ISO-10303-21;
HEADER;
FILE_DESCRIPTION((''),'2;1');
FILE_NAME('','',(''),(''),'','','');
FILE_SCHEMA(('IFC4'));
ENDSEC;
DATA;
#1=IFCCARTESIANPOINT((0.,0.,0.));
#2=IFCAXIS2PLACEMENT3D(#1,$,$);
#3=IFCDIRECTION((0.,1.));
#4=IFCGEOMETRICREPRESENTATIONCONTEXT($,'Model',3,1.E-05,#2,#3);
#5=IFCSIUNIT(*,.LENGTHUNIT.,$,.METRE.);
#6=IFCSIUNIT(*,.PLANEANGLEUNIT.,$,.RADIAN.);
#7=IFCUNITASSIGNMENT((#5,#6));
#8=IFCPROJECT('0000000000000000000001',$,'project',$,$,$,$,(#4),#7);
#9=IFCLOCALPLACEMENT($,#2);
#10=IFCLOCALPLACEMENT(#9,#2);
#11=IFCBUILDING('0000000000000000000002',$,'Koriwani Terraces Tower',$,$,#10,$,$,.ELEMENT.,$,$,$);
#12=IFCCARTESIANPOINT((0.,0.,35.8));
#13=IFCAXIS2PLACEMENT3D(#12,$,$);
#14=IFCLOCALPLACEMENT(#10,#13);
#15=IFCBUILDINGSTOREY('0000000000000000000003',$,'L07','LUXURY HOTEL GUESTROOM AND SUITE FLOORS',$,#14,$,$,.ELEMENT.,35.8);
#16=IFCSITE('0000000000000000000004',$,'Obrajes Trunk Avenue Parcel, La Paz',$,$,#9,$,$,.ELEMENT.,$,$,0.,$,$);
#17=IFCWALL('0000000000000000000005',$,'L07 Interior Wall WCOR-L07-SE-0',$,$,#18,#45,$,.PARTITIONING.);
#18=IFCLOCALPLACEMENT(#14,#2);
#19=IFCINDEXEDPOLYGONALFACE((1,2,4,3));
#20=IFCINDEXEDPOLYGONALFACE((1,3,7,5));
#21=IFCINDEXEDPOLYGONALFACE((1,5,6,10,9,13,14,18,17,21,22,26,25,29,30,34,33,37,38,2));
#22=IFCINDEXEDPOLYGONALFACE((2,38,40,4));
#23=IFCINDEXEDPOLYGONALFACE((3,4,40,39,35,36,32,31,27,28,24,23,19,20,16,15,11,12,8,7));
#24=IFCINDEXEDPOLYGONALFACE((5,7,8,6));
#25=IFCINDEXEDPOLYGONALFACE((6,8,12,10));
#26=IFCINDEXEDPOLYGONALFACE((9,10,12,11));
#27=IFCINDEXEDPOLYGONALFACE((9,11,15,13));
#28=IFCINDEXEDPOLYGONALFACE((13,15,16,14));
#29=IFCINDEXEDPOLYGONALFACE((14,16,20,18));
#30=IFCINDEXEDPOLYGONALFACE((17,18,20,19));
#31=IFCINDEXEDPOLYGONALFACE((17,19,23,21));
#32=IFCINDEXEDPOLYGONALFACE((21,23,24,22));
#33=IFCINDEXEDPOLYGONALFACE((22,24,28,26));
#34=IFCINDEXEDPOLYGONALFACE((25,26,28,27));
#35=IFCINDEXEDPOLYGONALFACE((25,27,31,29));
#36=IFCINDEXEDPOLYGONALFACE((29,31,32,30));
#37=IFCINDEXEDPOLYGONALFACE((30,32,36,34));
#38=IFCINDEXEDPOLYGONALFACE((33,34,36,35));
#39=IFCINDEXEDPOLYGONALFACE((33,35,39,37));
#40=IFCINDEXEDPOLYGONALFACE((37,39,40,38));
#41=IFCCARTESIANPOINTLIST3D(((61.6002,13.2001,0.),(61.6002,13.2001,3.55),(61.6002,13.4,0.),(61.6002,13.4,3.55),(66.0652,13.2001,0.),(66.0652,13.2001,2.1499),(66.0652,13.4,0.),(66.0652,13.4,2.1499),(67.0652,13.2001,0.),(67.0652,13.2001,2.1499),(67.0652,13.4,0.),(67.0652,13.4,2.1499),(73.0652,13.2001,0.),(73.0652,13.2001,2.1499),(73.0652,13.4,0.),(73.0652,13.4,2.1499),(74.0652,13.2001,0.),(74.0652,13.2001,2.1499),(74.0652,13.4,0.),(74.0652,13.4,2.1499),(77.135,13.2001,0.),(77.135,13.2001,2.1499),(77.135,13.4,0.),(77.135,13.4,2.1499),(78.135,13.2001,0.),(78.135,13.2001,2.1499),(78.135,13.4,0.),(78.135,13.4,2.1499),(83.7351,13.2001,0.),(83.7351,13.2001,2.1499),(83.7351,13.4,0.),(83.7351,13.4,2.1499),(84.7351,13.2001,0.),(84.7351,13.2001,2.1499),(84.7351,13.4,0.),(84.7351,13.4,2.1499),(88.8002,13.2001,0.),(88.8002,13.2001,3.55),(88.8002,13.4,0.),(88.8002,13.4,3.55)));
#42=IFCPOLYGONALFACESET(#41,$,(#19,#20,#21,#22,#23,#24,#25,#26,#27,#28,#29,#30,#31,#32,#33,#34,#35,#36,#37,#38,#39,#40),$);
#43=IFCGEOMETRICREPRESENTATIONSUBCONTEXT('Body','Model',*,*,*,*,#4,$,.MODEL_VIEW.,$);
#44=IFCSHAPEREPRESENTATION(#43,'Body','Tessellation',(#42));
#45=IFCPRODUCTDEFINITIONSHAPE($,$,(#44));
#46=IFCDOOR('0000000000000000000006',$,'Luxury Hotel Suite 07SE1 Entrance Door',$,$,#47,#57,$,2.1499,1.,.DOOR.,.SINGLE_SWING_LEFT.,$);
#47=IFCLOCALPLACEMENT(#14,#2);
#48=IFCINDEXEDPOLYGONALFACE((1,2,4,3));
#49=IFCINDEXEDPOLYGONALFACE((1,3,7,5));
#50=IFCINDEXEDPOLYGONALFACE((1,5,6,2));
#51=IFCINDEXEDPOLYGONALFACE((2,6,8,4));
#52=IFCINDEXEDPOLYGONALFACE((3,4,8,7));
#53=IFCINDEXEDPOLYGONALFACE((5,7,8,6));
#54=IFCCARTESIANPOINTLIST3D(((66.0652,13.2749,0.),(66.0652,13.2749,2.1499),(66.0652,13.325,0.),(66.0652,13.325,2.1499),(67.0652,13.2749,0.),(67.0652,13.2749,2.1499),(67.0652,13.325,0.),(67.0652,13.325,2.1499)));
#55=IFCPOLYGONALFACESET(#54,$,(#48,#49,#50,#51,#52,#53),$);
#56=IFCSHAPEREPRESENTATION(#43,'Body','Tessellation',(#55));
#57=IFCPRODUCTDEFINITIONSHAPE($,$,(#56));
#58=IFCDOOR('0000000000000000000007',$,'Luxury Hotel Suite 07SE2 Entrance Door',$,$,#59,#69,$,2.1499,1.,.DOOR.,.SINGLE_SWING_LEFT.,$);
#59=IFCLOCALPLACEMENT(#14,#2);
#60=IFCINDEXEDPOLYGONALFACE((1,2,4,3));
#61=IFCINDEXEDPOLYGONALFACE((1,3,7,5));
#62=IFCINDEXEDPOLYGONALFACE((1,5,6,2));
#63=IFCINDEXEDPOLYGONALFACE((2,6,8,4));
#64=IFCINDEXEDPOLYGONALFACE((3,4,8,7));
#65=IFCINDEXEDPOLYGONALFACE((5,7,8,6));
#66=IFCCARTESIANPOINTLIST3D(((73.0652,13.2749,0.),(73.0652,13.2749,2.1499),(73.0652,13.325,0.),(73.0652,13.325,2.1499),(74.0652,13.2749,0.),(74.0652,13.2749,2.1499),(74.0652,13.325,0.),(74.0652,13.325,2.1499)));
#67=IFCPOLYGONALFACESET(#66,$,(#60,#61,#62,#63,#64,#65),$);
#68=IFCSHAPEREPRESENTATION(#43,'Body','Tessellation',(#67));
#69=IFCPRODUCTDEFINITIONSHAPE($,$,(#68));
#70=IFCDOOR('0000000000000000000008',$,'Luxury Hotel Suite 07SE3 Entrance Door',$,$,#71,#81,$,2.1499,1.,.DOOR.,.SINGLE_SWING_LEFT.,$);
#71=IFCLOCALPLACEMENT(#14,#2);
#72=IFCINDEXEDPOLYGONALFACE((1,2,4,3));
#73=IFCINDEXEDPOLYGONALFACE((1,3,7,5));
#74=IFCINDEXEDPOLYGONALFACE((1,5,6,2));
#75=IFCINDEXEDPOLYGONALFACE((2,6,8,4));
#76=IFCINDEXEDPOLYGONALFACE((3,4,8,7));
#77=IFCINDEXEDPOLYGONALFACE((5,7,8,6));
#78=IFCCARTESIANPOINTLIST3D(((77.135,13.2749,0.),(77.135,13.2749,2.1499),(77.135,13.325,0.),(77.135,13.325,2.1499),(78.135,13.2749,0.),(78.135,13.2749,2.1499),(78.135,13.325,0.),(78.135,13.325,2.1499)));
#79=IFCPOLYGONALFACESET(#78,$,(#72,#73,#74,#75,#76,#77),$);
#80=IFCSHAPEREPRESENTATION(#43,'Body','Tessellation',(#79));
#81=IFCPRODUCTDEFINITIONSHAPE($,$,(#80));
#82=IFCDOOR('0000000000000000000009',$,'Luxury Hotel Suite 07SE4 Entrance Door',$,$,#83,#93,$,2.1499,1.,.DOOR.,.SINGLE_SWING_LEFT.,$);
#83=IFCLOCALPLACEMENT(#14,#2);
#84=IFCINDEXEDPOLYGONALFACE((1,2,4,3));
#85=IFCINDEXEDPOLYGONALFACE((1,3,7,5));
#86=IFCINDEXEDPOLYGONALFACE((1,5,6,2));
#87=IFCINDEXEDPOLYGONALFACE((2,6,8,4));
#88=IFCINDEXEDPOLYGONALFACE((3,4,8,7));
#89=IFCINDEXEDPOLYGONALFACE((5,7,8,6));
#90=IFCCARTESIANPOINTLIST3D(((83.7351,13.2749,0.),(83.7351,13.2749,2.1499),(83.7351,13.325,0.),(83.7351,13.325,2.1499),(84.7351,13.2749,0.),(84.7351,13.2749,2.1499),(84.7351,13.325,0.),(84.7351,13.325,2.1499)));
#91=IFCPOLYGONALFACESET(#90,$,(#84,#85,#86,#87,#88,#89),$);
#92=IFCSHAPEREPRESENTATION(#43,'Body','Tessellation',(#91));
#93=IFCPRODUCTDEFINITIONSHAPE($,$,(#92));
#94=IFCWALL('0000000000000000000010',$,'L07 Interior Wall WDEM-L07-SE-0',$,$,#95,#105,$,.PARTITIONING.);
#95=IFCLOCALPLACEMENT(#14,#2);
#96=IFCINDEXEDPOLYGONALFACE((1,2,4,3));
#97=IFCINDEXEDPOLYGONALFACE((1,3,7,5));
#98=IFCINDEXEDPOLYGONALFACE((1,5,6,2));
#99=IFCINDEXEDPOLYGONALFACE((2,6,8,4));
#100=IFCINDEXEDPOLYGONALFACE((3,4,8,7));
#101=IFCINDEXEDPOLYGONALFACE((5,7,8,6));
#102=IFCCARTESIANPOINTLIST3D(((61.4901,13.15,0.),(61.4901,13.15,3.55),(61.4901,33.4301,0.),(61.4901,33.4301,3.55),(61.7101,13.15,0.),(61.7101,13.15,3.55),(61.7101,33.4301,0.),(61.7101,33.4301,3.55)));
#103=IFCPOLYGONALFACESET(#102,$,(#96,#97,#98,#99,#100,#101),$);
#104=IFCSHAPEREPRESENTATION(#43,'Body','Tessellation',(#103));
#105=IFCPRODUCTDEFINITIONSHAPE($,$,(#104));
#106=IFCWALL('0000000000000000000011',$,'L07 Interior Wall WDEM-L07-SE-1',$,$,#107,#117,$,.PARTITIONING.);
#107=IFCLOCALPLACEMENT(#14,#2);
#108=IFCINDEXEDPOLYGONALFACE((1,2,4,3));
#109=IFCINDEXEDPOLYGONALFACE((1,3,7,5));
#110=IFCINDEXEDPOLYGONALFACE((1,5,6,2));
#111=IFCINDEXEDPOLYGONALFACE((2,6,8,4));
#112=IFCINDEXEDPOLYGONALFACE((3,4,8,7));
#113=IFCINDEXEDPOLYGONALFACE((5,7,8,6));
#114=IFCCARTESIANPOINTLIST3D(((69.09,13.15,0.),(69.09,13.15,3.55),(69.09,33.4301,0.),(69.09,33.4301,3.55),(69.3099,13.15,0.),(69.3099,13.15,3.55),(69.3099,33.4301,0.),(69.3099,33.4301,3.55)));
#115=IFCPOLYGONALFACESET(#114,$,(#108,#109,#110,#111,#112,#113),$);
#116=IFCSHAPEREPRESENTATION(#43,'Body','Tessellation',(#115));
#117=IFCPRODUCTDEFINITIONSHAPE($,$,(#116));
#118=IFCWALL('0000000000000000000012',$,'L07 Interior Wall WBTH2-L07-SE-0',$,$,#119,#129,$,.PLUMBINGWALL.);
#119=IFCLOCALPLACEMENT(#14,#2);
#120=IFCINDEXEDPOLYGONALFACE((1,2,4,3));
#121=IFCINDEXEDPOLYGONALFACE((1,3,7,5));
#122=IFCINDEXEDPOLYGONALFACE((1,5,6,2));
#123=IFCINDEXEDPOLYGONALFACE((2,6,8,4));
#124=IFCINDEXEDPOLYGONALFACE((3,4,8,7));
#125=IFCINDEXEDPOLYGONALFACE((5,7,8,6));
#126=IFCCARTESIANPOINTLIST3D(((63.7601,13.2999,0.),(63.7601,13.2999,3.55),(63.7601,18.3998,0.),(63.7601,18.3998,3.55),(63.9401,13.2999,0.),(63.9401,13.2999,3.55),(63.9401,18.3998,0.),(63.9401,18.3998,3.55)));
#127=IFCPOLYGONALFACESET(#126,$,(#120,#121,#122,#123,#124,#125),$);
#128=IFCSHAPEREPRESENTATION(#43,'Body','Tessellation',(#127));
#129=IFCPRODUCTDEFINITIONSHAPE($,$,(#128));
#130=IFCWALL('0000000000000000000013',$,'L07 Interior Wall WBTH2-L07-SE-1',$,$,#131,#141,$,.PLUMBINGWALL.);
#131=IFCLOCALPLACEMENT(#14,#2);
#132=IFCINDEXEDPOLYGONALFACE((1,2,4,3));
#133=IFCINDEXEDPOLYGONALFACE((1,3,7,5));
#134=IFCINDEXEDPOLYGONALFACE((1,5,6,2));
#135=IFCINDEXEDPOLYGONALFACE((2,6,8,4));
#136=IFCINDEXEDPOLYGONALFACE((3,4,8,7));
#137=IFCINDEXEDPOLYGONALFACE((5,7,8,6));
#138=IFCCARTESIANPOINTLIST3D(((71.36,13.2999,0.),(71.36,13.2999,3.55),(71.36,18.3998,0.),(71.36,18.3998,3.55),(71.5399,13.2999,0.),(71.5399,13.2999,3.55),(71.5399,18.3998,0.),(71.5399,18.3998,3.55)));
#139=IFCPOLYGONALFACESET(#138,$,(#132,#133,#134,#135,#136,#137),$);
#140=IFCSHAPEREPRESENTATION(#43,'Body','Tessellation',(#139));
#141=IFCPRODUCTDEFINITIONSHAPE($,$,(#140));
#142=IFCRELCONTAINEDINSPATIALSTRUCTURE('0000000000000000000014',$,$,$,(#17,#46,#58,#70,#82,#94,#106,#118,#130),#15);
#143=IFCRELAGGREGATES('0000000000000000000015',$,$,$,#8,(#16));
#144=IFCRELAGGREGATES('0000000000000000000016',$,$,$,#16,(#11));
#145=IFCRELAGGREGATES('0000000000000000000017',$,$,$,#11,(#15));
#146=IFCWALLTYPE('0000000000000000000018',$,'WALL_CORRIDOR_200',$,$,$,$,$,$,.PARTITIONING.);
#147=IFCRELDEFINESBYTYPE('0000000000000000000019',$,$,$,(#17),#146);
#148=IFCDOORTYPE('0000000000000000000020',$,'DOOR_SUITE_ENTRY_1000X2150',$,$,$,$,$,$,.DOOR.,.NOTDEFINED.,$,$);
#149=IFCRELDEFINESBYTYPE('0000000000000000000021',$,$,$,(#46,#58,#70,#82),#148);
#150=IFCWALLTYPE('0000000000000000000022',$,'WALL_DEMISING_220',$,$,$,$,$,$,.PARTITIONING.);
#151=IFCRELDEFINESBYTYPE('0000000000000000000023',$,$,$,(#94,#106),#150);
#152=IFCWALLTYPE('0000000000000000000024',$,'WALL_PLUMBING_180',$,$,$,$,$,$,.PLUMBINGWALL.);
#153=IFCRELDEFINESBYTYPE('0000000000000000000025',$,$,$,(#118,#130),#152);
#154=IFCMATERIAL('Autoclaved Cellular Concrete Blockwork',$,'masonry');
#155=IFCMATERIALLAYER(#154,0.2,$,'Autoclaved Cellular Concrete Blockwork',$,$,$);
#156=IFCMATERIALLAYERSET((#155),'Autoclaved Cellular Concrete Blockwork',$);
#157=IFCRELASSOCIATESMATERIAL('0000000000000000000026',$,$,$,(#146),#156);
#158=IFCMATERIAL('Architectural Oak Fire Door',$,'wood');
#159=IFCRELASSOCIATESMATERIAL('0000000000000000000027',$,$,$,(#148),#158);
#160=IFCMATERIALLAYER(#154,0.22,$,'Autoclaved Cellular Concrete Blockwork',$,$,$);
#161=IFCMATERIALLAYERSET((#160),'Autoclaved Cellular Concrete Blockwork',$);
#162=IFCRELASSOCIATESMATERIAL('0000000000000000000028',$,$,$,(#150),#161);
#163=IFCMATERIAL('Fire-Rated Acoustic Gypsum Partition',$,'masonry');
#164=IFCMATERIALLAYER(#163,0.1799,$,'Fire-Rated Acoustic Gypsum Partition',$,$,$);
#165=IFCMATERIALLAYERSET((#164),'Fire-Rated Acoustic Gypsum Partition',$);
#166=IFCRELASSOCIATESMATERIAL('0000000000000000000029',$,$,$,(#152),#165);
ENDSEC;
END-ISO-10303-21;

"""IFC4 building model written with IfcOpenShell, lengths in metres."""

from ifc_helpers import new_model, si_unit, direction, frame, frame_2d, origin, place, context, subcontext, project, spatial, rectangle, extrude, material, layer, layer_set, type_object, element, fill, save


model = new_model("IFC4")

# Units and contexts
model_context = context("Model", 3, precision=1e-05, world=origin(), true_north=direction((0.0, 1.0)))
body_context = subcontext(model_context, "Body", "Model", "MODEL_VIEW")
ifc_project = project(units=[si_unit("LENGTHUNIT", "METRE"), si_unit("PLANEANGLEUNIT", "RADIAN")], contexts=[model_context])

# Site, building, storey
site_placement = place(None, origin())
site = spatial("IfcSite", under=ifc_project, at=site_placement, Name="Obrajes Trunk Avenue Parcel, La Paz", CompositionType="ELEMENT", RefElevation=0.0)
building_placement = place(site_placement, origin())
building = spatial("IfcBuilding", under=site, at=building_placement, Name="Koriwani Terraces Tower", CompositionType="ELEMENT")
storey_placement = place(building_placement, frame((0.0, 0.0, 35.8)))
storey = spatial("IfcBuildingStorey", under=building, at=storey_placement, Name="L07", Description="LUXURY HOTEL GUESTROOM AND SUITE FLOORS", CompositionType="ELEMENT", Elevation=35.8)

# Wall, openings, doors
ifc_material_1 = material(Name="Autoclaved Cellular Concrete Blockwork", Category="masonry")
ifc_layer_1 = layer(ifc_material_1, 0.2, Name="Autoclaved Cellular Concrete Blockwork")
ifc_layer_set_1 = layer_set([ifc_layer_1], Name="Autoclaved Cellular Concrete Blockwork")
wall_type_1 = type_object("IfcWallType", Name="WALL_CORRIDOR_200", PredefinedType="PARTITIONING", material=ifc_layer_set_1)
wall_1_placement = place(storey_placement, frame((61.6001, 13.3, 0.0), z_axis=(0.0, 0.0, 1.0), x_axis=(1.0, 0.0, 0.0)))
wall_1 = element("IfcWall", 1, at=wall_1_placement, inside=storey, type_object=wall_type_1, Name="L07 Interior Wall WCOR-L07-SE-0", PredefinedType="PARTITIONING", context=body_context, shape_type="SweptSolid", body=[
    extrude(rectangle(XDim=27.2, YDim=0.2, at=frame_2d((13.6001, 0.0))), origin(), (0.0, 0.0, 1.0), 3.55),
])
opening_1_placement = place(wall_1_placement, frame((4.4651, 0.0, 0.0)))
opening_1 = element("IfcOpeningElement", 2, at=opening_1_placement, cuts=wall_1, PredefinedType="OPENING", context=body_context, shape_type="SweptSolid", body=[
    extrude(rectangle(XDim=1.0, YDim=2.1499, at=frame_2d((0.5, 1.075))), frame((0.0, 0.1099, 0.0), z_axis=(0.0, -1.0, 0.0), x_axis=(1.0, 0.0, 0.0)), (0.0, 0.0, 1.0), 0.22),
])
opening_2_placement = place(wall_1_placement, frame((11.4651, 0.0, 0.0)))
opening_2 = element("IfcOpeningElement", 3, at=opening_2_placement, cuts=wall_1, PredefinedType="OPENING", context=body_context, shape_type="SweptSolid", body=[
    extrude(rectangle(XDim=1.0, YDim=2.1499, at=frame_2d((0.5, 1.075))), frame((0.0, 0.1099, 0.0), z_axis=(0.0, -1.0, 0.0), x_axis=(1.0, 0.0, 0.0)), (0.0, 0.0, 1.0), 0.22),
])
opening_3_placement = place(wall_1_placement, frame((15.5349, 0.0, 0.0)))
opening_3 = element("IfcOpeningElement", 4, at=opening_3_placement, cuts=wall_1, PredefinedType="OPENING", context=body_context, shape_type="SweptSolid", body=[
    extrude(rectangle(XDim=1.0, YDim=2.1499, at=frame_2d((0.5, 1.075))), frame((0.0, 0.1099, 0.0), z_axis=(0.0, -1.0, 0.0), x_axis=(1.0, 0.0, 0.0)), (0.0, 0.0, 1.0), 0.22),
])
opening_4_placement = place(wall_1_placement, frame((22.135, 0.0, 0.0)))
opening_4 = element("IfcOpeningElement", 5, at=opening_4_placement, cuts=wall_1, PredefinedType="OPENING", context=body_context, shape_type="SweptSolid", body=[
    extrude(rectangle(XDim=1.0, YDim=2.1499, at=frame_2d((0.5, 1.075))), frame((0.0, 0.1099, 0.0), z_axis=(0.0, -1.0, 0.0), x_axis=(1.0, 0.0, 0.0)), (0.0, 0.0, 1.0), 0.22),
])
ifc_material_2 = material(Name="Architectural Oak Fire Door", Category="wood")
door_type = type_object("IfcDoorType", Name="DOOR_SUITE_ENTRY_1000X2150", OperationType="NOTDEFINED", PredefinedType="DOOR", material=ifc_material_2)
door_1_placement = place(opening_1_placement, origin())
door_1 = element("IfcDoor", 6, at=door_1_placement, inside=storey, type_object=door_type, Name="Luxury Hotel Suite 07SE1 Entrance Door", OperationType="SINGLE_SWING_LEFT", OverallHeight=2.1499, OverallWidth=1.0, PredefinedType="DOOR", context=body_context, shape_type="SweptSolid", body=[
    extrude(rectangle(XDim=1.0, YDim=2.1499, at=frame_2d((0.5, 1.075))), frame((0.0, 0.0249, 0.0), z_axis=(0.0, -1.0, 0.0), x_axis=(1.0, 0.0, 0.0)), (0.0, 0.0, 1.0), 0.05),
])
fill(opening_1, door_1)
door_2_placement = place(opening_2_placement, origin())
door_2 = element("IfcDoor", 7, at=door_2_placement, inside=storey, type_object=door_type, Name="Luxury Hotel Suite 07SE2 Entrance Door", OperationType="SINGLE_SWING_LEFT", OverallHeight=2.1499, OverallWidth=1.0, PredefinedType="DOOR", context=body_context, shape_type="SweptSolid", body=[
    extrude(rectangle(XDim=1.0, YDim=2.1499, at=frame_2d((0.5, 1.075))), frame((0.0, 0.0249, 0.0), z_axis=(0.0, -1.0, 0.0), x_axis=(1.0, 0.0, 0.0)), (0.0, 0.0, 1.0), 0.05),
])
fill(opening_2, door_2)
door_3_placement = place(opening_3_placement, origin())
door_3 = element("IfcDoor", 8, at=door_3_placement, inside=storey, type_object=door_type, Name="Luxury Hotel Suite 07SE3 Entrance Door", OperationType="SINGLE_SWING_LEFT", OverallHeight=2.1499, OverallWidth=1.0, PredefinedType="DOOR", context=body_context, shape_type="SweptSolid", body=[
    extrude(rectangle(XDim=1.0, YDim=2.1499, at=frame_2d((0.5, 1.075))), frame((0.0, 0.0249, 0.0), z_axis=(0.0, -1.0, 0.0), x_axis=(1.0, 0.0, 0.0)), (0.0, 0.0, 1.0), 0.05),
])
fill(opening_3, door_3)
door_4_placement = place(opening_4_placement, origin())
door_4 = element("IfcDoor", 9, at=door_4_placement, inside=storey, type_object=door_type, Name="Luxury Hotel Suite 07SE4 Entrance Door", OperationType="SINGLE_SWING_LEFT", OverallHeight=2.1499, OverallWidth=1.0, PredefinedType="DOOR", context=body_context, shape_type="SweptSolid", body=[
    extrude(rectangle(XDim=1.0, YDim=2.1499, at=frame_2d((0.5, 1.075))), frame((0.0, 0.0249, 0.0), z_axis=(0.0, -1.0, 0.0), x_axis=(1.0, 0.0, 0.0)), (0.0, 0.0, 1.0), 0.05),
])
fill(opening_4, door_4)

# Walls
ifc_layer_2 = layer(ifc_material_1, 0.22, Name="Autoclaved Cellular Concrete Blockwork")
ifc_layer_set_2 = layer_set([ifc_layer_2], Name="Autoclaved Cellular Concrete Blockwork")
wall_type_2 = type_object("IfcWallType", Name="WALL_DEMISING_220", PredefinedType="PARTITIONING", material=ifc_layer_set_2)
for number, where, z_axis, x_axis, name in (
    (10, (61.6001, 13.1499, 0.0), (0.0, 0.0, 1.0), (0.0, 1.0, 0.0), "L07 Interior Wall WDEM-L07-SE-0"),
    (11, (69.2, 13.1499, 0.0), (0.0, 0.0, 1.0), (0.0, 1.0, 0.0), "L07 Interior Wall WDEM-L07-SE-1"),
):
    element("IfcWall", number, at=place(storey_placement, frame(where, z_axis=z_axis, x_axis=x_axis)), inside=storey, type_object=wall_type_2, Name=name, PredefinedType="PARTITIONING", context=body_context, shape_type="SweptSolid", body=[
        extrude(rectangle(XDim=20.28, YDim=0.22, at=frame_2d((10.1401, 0.0))), origin(), (0.0, 0.0, 1.0), 3.55),
    ])
ifc_material_3 = material(Name="Fire-Rated Acoustic Gypsum Partition", Category="masonry")
ifc_layer_3 = layer(ifc_material_3, 0.1799, Name="Fire-Rated Acoustic Gypsum Partition")
ifc_layer_set_3 = layer_set([ifc_layer_3], Name="Fire-Rated Acoustic Gypsum Partition")
wall_type_3 = type_object("IfcWallType", Name="WALL_PLUMBING_180", PredefinedType="PLUMBINGWALL", material=ifc_layer_set_3)
for number, where, z_axis, x_axis, name in (
    (12, (63.8501, 13.3, 0.0), (0.0, 0.0, 1.0), (0.0, 1.0, 0.0), "L07 Interior Wall WBTH2-L07-SE-0"),
    (13, (71.45, 13.3, 0.0), (0.0, 0.0, 1.0), (0.0, 1.0, 0.0), "L07 Interior Wall WBTH2-L07-SE-1"),
):
    element("IfcWall", number, at=place(storey_placement, frame(where, z_axis=z_axis, x_axis=x_axis)), inside=storey, type_object=wall_type_3, Name=name, PredefinedType="PLUMBINGWALL", context=body_context, shape_type="SweptSolid", body=[
        extrude(rectangle(XDim=5.0999, YDim=0.1799, at=frame_2d((2.5498, 0.0))), origin(), (0.0, 0.0, 1.0), 3.55),
    ])

save(model, "model.ifc")
